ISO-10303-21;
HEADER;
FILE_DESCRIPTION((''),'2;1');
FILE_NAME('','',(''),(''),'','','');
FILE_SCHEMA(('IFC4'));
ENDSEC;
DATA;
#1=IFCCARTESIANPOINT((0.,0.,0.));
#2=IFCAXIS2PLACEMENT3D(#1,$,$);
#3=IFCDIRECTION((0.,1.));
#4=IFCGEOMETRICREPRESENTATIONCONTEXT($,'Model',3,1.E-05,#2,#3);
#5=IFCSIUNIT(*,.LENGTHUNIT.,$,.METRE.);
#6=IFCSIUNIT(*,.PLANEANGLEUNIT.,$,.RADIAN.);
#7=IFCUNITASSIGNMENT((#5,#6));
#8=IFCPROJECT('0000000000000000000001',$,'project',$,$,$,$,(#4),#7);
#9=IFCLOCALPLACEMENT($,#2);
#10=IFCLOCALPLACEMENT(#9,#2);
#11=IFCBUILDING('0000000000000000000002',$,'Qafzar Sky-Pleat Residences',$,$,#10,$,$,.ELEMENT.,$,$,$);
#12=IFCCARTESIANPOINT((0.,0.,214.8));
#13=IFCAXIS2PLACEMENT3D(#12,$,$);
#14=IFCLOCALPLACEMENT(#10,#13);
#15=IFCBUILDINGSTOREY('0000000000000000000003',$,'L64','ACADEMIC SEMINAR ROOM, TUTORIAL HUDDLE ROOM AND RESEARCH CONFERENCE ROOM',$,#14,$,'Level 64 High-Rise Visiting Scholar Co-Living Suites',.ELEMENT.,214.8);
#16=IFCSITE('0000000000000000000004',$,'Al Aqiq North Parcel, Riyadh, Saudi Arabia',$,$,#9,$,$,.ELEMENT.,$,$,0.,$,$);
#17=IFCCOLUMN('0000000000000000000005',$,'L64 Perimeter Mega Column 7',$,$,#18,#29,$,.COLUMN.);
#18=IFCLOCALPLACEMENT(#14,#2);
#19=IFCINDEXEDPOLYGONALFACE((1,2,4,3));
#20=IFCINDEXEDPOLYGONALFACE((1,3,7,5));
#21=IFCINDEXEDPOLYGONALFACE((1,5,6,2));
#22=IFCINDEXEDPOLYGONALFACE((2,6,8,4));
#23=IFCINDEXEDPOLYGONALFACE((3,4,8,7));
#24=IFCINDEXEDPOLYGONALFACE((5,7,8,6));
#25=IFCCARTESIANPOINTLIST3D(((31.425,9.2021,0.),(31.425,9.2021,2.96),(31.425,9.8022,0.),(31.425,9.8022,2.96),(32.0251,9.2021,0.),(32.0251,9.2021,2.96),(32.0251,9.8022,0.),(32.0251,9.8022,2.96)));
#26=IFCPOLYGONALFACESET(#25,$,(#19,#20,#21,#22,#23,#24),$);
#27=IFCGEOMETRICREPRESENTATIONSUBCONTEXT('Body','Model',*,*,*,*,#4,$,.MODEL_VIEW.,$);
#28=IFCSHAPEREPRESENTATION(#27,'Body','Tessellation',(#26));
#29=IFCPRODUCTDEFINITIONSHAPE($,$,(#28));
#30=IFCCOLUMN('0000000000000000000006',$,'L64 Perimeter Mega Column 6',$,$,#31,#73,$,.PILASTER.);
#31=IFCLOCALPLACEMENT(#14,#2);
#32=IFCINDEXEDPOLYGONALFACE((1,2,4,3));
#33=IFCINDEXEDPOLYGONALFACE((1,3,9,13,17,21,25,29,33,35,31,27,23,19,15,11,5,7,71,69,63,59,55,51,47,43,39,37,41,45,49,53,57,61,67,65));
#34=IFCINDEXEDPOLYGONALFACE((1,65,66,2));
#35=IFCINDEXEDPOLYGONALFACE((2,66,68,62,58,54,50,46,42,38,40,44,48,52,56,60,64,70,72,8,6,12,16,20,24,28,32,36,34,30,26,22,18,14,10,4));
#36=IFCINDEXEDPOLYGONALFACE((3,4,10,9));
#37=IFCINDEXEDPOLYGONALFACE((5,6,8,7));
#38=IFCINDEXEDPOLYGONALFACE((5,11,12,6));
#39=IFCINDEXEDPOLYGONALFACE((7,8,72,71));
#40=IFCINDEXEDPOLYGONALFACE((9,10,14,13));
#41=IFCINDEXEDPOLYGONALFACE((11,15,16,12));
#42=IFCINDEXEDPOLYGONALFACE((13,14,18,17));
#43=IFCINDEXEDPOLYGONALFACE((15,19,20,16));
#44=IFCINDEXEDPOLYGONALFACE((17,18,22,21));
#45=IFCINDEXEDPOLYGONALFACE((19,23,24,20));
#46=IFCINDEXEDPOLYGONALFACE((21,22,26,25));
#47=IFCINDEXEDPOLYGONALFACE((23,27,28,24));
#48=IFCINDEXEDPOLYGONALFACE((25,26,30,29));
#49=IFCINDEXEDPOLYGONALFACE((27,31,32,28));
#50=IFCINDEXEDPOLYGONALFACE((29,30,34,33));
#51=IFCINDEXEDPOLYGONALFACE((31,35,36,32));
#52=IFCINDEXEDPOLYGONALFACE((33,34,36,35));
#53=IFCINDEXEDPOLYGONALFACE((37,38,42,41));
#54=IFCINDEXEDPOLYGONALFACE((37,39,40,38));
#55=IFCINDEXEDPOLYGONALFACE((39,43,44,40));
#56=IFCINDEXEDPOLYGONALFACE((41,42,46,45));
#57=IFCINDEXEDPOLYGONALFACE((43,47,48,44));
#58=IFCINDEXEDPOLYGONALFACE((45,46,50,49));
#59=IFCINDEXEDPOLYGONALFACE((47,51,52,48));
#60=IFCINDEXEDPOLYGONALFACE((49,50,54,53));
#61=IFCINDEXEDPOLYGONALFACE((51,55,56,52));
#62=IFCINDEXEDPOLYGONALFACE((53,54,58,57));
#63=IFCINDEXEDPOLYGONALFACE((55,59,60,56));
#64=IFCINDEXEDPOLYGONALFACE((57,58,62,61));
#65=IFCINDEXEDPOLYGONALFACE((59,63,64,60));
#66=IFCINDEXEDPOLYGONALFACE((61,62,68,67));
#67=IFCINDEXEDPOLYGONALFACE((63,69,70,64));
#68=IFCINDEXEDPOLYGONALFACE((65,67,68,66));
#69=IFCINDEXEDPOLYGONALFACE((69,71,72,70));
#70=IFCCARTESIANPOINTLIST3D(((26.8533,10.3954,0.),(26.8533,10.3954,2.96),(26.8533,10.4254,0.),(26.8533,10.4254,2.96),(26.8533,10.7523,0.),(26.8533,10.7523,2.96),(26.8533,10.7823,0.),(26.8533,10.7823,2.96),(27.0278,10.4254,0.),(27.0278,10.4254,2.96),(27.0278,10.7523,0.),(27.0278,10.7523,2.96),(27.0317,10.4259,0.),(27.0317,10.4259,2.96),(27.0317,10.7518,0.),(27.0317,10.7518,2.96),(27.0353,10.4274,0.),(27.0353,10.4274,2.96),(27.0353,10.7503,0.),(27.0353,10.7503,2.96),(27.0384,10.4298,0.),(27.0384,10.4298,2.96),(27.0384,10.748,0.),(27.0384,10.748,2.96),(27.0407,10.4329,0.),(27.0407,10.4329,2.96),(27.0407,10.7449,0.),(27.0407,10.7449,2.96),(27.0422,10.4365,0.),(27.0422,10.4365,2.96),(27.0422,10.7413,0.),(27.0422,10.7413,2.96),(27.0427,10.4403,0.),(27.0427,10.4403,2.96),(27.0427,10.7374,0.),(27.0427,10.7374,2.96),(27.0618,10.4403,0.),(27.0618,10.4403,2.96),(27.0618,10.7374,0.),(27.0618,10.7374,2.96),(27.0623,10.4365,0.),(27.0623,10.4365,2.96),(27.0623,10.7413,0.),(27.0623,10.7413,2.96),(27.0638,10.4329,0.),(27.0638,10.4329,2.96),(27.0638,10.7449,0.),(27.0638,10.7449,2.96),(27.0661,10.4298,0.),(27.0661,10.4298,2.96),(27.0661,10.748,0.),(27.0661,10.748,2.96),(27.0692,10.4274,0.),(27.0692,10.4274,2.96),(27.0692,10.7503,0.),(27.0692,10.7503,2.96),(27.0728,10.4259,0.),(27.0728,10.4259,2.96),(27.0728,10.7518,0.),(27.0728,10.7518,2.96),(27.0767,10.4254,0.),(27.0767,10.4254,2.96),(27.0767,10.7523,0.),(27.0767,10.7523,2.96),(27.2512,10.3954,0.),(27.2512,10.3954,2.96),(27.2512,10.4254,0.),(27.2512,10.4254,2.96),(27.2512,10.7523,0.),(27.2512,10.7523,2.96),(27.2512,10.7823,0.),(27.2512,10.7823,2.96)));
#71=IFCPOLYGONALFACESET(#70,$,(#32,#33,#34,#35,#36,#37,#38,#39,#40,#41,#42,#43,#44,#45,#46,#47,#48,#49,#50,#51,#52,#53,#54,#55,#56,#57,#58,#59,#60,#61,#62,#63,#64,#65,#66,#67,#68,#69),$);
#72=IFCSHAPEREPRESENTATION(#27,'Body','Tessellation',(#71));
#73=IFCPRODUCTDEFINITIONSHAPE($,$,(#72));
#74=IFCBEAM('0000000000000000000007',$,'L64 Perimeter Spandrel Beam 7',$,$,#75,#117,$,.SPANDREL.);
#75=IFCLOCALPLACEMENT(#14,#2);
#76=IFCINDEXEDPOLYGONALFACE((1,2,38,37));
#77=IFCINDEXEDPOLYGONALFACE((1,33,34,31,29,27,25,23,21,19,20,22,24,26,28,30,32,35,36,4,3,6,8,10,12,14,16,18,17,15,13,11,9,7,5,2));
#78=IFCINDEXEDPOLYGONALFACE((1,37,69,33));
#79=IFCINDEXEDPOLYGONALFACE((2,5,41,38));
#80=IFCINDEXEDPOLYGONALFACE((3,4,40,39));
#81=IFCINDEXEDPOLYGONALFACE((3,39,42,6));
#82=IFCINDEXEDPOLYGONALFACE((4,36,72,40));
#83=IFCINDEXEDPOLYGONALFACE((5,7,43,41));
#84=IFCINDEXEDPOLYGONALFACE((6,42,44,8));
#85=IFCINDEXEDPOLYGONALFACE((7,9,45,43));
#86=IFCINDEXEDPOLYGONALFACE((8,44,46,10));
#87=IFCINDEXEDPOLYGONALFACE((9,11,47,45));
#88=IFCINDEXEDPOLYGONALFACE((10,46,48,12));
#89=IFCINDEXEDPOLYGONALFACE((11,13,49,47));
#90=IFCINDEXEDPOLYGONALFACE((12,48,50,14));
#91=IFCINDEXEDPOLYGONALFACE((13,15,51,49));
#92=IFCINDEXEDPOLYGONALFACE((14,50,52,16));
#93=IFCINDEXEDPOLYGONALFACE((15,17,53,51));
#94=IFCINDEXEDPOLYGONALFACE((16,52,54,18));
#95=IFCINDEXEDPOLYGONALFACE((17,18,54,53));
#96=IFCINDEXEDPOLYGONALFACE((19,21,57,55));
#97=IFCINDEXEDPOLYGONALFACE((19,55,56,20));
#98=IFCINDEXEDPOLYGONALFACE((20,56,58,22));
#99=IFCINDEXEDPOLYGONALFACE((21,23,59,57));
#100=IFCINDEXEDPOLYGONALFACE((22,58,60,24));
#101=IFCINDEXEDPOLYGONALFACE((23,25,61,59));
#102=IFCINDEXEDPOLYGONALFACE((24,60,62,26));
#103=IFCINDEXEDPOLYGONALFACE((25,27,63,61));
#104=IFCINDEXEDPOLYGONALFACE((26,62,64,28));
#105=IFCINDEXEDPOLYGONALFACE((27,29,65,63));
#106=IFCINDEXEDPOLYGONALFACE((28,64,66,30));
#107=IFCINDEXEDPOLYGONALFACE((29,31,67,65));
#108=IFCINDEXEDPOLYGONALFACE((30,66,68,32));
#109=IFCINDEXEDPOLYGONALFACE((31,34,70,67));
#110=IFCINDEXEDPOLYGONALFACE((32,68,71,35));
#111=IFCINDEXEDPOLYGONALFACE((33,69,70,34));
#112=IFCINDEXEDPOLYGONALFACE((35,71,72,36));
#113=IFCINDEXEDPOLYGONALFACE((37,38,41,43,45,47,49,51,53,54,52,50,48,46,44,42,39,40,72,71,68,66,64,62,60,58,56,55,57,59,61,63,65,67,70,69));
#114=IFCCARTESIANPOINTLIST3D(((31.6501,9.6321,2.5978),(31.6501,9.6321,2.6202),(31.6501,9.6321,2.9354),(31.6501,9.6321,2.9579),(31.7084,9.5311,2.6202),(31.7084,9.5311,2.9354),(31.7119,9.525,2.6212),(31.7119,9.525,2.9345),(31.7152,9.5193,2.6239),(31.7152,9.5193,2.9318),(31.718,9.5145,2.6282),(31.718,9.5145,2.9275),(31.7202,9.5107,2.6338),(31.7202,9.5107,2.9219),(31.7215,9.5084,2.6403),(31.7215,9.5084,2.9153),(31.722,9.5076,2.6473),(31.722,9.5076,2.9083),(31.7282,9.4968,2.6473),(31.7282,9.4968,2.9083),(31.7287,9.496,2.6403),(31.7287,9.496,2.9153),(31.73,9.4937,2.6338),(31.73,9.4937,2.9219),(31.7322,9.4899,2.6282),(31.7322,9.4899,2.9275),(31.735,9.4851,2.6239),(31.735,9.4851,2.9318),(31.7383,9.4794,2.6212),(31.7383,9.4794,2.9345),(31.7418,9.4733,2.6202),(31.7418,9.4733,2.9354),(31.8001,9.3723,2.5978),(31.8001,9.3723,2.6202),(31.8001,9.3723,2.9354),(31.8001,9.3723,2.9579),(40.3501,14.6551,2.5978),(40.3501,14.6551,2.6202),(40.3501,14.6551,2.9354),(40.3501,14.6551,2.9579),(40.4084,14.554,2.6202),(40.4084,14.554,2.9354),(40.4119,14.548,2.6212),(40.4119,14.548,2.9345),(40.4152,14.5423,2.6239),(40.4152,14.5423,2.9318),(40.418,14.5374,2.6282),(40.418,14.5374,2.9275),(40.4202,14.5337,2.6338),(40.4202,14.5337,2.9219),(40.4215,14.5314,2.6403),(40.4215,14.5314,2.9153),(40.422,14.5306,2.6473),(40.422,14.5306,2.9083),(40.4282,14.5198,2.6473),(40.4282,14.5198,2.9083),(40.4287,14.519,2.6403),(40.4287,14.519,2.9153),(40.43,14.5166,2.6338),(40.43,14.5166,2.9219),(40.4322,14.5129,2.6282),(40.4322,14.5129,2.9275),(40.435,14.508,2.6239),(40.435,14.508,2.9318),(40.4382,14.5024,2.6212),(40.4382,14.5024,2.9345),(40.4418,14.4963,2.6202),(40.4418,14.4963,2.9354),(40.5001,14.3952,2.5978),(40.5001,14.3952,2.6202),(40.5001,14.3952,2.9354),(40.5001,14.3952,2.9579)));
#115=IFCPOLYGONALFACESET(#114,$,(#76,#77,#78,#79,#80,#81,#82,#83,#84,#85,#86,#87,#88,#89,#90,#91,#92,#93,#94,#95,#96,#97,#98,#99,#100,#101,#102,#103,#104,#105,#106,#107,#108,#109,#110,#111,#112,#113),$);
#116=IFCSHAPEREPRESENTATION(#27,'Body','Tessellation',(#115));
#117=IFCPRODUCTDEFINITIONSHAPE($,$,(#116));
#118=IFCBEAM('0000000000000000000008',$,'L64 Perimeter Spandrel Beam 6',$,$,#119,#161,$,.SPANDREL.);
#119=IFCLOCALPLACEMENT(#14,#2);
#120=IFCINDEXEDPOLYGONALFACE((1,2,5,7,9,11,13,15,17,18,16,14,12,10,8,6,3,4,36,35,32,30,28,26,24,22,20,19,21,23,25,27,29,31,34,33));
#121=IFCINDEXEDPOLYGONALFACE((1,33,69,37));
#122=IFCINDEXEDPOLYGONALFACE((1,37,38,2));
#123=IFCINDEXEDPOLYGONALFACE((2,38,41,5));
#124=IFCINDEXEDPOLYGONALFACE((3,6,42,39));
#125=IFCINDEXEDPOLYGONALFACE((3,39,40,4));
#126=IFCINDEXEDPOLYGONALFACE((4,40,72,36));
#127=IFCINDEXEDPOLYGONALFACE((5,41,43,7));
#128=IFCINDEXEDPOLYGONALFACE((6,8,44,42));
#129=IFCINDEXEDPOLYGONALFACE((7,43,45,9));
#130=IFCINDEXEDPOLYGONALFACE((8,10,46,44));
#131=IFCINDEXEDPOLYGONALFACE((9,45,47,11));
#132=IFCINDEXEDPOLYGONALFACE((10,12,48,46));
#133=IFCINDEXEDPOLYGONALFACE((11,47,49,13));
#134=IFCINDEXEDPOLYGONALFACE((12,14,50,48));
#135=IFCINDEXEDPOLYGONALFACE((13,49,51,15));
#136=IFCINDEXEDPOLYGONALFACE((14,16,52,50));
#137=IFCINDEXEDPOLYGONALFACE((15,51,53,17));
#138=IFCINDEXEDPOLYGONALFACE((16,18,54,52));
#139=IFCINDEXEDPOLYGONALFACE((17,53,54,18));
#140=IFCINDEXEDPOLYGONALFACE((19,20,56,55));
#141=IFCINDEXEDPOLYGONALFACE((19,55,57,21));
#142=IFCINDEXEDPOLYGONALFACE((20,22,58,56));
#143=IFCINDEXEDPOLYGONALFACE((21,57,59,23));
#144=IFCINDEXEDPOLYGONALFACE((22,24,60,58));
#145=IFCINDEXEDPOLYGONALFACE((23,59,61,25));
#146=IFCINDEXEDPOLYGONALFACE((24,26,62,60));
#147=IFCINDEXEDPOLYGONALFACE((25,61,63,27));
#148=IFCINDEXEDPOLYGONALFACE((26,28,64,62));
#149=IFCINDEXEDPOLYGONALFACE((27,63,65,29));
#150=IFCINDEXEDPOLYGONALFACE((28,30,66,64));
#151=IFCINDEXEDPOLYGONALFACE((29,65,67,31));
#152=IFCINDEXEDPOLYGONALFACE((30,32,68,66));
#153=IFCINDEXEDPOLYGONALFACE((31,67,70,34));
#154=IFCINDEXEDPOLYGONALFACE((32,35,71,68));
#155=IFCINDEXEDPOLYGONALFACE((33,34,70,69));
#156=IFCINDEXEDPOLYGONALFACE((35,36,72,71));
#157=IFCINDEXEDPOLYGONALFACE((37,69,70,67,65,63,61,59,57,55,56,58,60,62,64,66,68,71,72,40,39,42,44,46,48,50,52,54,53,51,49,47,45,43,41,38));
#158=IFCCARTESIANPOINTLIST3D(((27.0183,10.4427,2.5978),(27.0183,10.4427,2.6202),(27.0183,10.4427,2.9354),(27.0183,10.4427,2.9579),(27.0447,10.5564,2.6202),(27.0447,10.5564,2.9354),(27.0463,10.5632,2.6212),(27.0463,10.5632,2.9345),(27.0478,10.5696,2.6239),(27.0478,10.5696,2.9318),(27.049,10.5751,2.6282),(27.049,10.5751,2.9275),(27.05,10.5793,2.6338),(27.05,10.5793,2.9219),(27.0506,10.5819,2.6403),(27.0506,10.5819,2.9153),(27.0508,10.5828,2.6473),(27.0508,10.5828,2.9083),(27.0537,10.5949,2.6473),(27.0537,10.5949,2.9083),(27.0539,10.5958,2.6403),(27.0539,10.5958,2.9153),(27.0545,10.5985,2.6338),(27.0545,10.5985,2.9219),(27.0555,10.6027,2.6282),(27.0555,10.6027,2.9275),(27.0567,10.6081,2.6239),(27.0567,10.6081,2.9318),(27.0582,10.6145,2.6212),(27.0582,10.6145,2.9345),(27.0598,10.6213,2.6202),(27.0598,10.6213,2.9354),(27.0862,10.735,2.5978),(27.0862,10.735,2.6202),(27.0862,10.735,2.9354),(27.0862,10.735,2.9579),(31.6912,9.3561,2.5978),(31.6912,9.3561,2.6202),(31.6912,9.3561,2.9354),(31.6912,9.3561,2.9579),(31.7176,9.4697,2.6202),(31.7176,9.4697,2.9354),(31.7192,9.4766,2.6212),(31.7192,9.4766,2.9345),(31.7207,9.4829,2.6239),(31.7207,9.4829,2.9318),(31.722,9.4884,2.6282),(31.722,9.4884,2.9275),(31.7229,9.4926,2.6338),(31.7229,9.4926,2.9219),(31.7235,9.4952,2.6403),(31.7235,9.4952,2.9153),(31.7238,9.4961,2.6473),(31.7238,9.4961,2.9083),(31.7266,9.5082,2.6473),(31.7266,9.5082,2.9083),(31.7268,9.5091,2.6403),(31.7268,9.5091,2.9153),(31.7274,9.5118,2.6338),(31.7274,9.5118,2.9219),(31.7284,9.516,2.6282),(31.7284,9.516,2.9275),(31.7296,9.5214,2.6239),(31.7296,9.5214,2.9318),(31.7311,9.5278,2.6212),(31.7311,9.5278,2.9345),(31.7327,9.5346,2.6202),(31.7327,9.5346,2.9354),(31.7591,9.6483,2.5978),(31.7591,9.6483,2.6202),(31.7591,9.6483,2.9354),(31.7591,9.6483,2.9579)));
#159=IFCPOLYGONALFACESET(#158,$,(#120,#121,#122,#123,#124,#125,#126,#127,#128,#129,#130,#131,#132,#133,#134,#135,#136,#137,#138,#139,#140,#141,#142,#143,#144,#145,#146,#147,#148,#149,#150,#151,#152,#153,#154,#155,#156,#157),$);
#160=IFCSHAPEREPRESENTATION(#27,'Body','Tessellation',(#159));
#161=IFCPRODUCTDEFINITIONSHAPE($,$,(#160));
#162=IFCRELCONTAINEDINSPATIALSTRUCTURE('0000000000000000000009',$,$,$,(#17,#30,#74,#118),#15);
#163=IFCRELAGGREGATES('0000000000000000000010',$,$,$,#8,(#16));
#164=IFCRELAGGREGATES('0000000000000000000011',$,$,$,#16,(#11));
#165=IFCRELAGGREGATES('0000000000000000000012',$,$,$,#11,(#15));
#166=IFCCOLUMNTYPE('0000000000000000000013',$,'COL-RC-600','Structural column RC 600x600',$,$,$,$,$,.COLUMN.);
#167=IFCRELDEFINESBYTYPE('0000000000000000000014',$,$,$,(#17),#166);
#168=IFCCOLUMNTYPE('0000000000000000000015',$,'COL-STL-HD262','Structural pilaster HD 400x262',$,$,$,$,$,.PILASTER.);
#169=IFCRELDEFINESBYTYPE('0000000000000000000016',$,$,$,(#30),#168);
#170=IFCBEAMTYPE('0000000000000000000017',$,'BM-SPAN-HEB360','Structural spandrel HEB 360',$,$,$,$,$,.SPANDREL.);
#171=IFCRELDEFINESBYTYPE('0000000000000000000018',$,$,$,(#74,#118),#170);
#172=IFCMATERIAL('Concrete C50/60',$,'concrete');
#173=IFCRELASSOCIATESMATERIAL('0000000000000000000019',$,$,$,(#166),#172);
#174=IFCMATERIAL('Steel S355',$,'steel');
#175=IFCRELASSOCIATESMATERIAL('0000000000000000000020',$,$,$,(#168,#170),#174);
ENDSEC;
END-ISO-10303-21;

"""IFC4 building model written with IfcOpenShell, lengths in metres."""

from ifc_helpers import new_model, si_unit, direction, frame, origin, origin_2d, place, context, subcontext, project, spatial, rectangle, i_section, extrude, source, transform, mapped, material, material_profile, profile_set, type_object, element, save


model = new_model("IFC4")

# Units and contexts
model_context = context("Model", 3, precision=1e-05, world=origin(), true_north=direction((0.0, 1.0)))
body_context = subcontext(model_context, "Body", "Model", "MODEL_VIEW")
ifc_project = project(units=[si_unit("LENGTHUNIT", "METRE"), si_unit("PLANEANGLEUNIT", "RADIAN")], contexts=[model_context])

# Site, building, storey
site_placement = place(None, origin())
site = spatial("IfcSite", under=ifc_project, at=site_placement, Name="Al Aqiq North Parcel, Riyadh, Saudi Arabia", CompositionType="ELEMENT", RefElevation=0.0)
building_placement = place(site_placement, origin())
building = spatial("IfcBuilding", under=site, at=building_placement, Name="Qafzar Sky-Pleat Residences", CompositionType="ELEMENT")
storey_placement = place(building_placement, frame((0.0, 0.0, 214.8)))
storey = spatial("IfcBuildingStorey", under=building, at=storey_placement, Name="L64", Description="ACADEMIC SEMINAR ROOM, TUTORIAL HUDDLE ROOM AND RESEARCH CONFERENCE ROOM", LongName="Level 64 High-Rise Visiting Scholar Co-Living Suites", CompositionType="ELEMENT", Elevation=214.8)

# Columns
ifc_material_1 = material(Name="Concrete C50/60", Category="concrete")
ifc_material_profile_1 = material_profile(ifc_material_1, rectangle(XDim=0.6001, YDim=0.6001, at=origin_2d()), Name="RC 600x600")
ifc_profile_set_1 = profile_set([ifc_material_profile_1], Name="Concrete C50/60")
column_type_1 = type_object("IfcColumnType", Name="COL-RC-600", Description="Structural column RC 600x600", PredefinedType="COLUMN", material=ifc_profile_set_1)
shared_shape_1 = source(origin(), body_context, "Body", "SweptSolid", [
    extrude(rectangle(XDim=0.6001, YDim=0.6001, at=origin_2d()), origin(), (0.0, 0.0, 1.0), 2.96),
])
column_1_placement = place(storey_placement, frame((31.7251, 9.5022, 0.0), z_axis=(0.0, 0.0, 1.0), x_axis=(1.0, 0.0, 0.0)))
element("IfcColumn", 1, at=column_1_placement, inside=storey, type_object=column_type_1, Name="L64 Perimeter Mega Column 7", PredefinedType="COLUMN", context=body_context, shape_type="MappedRepresentation", body=[
    mapped(shared_shape_1, transform((0.0, 0.0, 0.0), x_axis=(1.0, 0.0, 0.0), y_axis=(0.0, 1.0, 0.0), z_axis=(0.0, 0.0, 1.0), scale=1.0)),
])
ifc_material_2 = material(Name="Steel S355", Category="steel")
ifc_material_profile_2 = material_profile(ifc_material_2, i_section(OverallWidth=0.3979, OverallDepth=0.387, WebThickness=0.019, FlangeThickness=0.03, FilletRadius=0.0149, at=origin_2d()), Name="HD 400x262")
ifc_profile_set_2 = profile_set([ifc_material_profile_2], Name="Steel S355")
column_type_2 = type_object("IfcColumnType", Name="COL-STL-HD262", Description="Structural pilaster HD 400x262", PredefinedType="PILASTER", material=ifc_profile_set_2)
shared_shape_2 = source(origin(), body_context, "Body", "SweptSolid", [
    extrude(i_section(OverallWidth=0.3979, OverallDepth=0.387, WebThickness=0.019, FlangeThickness=0.03, FilletRadius=0.0149, at=origin_2d()), origin(), (0.0, 0.0, 1.0), 2.96),
])
column_2_placement = place(storey_placement, frame((27.0522, 10.5889, 0.0), z_axis=(0.0, 0.0, 1.0), x_axis=(1.0, 0.0, 0.0)))
element("IfcColumn", 2, at=column_2_placement, inside=storey, type_object=column_type_2, Name="L64 Perimeter Mega Column 6", PredefinedType="PILASTER", context=body_context, shape_type="MappedRepresentation", body=[
    mapped(shared_shape_2, transform((0.0, 0.0, 0.0), x_axis=(1.0, 0.0, 0.0), y_axis=(0.0, 1.0, 0.0), z_axis=(0.0, 0.0, 1.0), scale=1.0)),
])

# Beams
ifc_material_profile_3 = material_profile(ifc_material_2, i_section(OverallWidth=0.3, OverallDepth=0.3601, WebThickness=0.0125, FlangeThickness=0.0225, FilletRadius=0.0271, at=origin_2d()), Name="HEB 360")
ifc_profile_set_3 = profile_set([ifc_material_profile_3], Name="Steel S355")
beam_type_1 = type_object("IfcBeamType", Name="BM-SPAN-HEB360", Description="Structural spandrel HEB 360", PredefinedType="SPANDREL", material=ifc_profile_set_3)
shared_shape_3 = source(origin(), body_context, "Body", "SweptSolid", [
    extrude(i_section(OverallWidth=0.3, OverallDepth=0.3601, WebThickness=0.0125, FlangeThickness=0.0225, FilletRadius=0.0271, at=origin_2d()), origin(), (0.0, 0.0, 1.0), 10.0459),
])
beam_1_placement = place(storey_placement, frame((31.7251, 9.5022, 2.7778), z_axis=(0.866024, 0.500002, 0.0), x_axis=(-0.500002, 0.866024, 0.0)))
element("IfcBeam", 3, at=beam_1_placement, inside=storey, type_object=beam_type_1, Name="L64 Perimeter Spandrel Beam 7", PredefinedType="SPANDREL", context=body_context, shape_type="MappedRepresentation", body=[
    mapped(shared_shape_3, transform((0.0, 0.0, 0.0), x_axis=(1.0, 0.0, 0.0), y_axis=(0.0, 1.0, 0.0), z_axis=(0.0, 0.0, 1.0), scale=1.0)),
])
shared_shape_4 = source(origin(), body_context, "Body", "SweptSolid", [
    extrude(i_section(OverallWidth=0.3, OverallDepth=0.3601, WebThickness=0.0125, FlangeThickness=0.0225, FilletRadius=0.0271, at=origin_2d()), origin(), (0.0, 0.0, 1.0), 4.7976),
])
beam_2_placement = place(storey_placement, frame((27.0522, 10.5889, 2.7778), z_axis=(0.97401, -0.226506, 0.0), x_axis=(0.226506, 0.97401, 0.0)))
element("IfcBeam", 4, at=beam_2_placement, inside=storey, type_object=beam_type_1, Name="L64 Perimeter Spandrel Beam 6", PredefinedType="SPANDREL", context=body_context, shape_type="MappedRepresentation", body=[
    mapped(shared_shape_4, transform((0.0, 0.0, 0.0), x_axis=(1.0, 0.0, 0.0), y_axis=(0.0, 1.0, 0.0), z_axis=(0.0, 0.0, 1.0), scale=1.0)),
])

save(model, "model.ifc")
